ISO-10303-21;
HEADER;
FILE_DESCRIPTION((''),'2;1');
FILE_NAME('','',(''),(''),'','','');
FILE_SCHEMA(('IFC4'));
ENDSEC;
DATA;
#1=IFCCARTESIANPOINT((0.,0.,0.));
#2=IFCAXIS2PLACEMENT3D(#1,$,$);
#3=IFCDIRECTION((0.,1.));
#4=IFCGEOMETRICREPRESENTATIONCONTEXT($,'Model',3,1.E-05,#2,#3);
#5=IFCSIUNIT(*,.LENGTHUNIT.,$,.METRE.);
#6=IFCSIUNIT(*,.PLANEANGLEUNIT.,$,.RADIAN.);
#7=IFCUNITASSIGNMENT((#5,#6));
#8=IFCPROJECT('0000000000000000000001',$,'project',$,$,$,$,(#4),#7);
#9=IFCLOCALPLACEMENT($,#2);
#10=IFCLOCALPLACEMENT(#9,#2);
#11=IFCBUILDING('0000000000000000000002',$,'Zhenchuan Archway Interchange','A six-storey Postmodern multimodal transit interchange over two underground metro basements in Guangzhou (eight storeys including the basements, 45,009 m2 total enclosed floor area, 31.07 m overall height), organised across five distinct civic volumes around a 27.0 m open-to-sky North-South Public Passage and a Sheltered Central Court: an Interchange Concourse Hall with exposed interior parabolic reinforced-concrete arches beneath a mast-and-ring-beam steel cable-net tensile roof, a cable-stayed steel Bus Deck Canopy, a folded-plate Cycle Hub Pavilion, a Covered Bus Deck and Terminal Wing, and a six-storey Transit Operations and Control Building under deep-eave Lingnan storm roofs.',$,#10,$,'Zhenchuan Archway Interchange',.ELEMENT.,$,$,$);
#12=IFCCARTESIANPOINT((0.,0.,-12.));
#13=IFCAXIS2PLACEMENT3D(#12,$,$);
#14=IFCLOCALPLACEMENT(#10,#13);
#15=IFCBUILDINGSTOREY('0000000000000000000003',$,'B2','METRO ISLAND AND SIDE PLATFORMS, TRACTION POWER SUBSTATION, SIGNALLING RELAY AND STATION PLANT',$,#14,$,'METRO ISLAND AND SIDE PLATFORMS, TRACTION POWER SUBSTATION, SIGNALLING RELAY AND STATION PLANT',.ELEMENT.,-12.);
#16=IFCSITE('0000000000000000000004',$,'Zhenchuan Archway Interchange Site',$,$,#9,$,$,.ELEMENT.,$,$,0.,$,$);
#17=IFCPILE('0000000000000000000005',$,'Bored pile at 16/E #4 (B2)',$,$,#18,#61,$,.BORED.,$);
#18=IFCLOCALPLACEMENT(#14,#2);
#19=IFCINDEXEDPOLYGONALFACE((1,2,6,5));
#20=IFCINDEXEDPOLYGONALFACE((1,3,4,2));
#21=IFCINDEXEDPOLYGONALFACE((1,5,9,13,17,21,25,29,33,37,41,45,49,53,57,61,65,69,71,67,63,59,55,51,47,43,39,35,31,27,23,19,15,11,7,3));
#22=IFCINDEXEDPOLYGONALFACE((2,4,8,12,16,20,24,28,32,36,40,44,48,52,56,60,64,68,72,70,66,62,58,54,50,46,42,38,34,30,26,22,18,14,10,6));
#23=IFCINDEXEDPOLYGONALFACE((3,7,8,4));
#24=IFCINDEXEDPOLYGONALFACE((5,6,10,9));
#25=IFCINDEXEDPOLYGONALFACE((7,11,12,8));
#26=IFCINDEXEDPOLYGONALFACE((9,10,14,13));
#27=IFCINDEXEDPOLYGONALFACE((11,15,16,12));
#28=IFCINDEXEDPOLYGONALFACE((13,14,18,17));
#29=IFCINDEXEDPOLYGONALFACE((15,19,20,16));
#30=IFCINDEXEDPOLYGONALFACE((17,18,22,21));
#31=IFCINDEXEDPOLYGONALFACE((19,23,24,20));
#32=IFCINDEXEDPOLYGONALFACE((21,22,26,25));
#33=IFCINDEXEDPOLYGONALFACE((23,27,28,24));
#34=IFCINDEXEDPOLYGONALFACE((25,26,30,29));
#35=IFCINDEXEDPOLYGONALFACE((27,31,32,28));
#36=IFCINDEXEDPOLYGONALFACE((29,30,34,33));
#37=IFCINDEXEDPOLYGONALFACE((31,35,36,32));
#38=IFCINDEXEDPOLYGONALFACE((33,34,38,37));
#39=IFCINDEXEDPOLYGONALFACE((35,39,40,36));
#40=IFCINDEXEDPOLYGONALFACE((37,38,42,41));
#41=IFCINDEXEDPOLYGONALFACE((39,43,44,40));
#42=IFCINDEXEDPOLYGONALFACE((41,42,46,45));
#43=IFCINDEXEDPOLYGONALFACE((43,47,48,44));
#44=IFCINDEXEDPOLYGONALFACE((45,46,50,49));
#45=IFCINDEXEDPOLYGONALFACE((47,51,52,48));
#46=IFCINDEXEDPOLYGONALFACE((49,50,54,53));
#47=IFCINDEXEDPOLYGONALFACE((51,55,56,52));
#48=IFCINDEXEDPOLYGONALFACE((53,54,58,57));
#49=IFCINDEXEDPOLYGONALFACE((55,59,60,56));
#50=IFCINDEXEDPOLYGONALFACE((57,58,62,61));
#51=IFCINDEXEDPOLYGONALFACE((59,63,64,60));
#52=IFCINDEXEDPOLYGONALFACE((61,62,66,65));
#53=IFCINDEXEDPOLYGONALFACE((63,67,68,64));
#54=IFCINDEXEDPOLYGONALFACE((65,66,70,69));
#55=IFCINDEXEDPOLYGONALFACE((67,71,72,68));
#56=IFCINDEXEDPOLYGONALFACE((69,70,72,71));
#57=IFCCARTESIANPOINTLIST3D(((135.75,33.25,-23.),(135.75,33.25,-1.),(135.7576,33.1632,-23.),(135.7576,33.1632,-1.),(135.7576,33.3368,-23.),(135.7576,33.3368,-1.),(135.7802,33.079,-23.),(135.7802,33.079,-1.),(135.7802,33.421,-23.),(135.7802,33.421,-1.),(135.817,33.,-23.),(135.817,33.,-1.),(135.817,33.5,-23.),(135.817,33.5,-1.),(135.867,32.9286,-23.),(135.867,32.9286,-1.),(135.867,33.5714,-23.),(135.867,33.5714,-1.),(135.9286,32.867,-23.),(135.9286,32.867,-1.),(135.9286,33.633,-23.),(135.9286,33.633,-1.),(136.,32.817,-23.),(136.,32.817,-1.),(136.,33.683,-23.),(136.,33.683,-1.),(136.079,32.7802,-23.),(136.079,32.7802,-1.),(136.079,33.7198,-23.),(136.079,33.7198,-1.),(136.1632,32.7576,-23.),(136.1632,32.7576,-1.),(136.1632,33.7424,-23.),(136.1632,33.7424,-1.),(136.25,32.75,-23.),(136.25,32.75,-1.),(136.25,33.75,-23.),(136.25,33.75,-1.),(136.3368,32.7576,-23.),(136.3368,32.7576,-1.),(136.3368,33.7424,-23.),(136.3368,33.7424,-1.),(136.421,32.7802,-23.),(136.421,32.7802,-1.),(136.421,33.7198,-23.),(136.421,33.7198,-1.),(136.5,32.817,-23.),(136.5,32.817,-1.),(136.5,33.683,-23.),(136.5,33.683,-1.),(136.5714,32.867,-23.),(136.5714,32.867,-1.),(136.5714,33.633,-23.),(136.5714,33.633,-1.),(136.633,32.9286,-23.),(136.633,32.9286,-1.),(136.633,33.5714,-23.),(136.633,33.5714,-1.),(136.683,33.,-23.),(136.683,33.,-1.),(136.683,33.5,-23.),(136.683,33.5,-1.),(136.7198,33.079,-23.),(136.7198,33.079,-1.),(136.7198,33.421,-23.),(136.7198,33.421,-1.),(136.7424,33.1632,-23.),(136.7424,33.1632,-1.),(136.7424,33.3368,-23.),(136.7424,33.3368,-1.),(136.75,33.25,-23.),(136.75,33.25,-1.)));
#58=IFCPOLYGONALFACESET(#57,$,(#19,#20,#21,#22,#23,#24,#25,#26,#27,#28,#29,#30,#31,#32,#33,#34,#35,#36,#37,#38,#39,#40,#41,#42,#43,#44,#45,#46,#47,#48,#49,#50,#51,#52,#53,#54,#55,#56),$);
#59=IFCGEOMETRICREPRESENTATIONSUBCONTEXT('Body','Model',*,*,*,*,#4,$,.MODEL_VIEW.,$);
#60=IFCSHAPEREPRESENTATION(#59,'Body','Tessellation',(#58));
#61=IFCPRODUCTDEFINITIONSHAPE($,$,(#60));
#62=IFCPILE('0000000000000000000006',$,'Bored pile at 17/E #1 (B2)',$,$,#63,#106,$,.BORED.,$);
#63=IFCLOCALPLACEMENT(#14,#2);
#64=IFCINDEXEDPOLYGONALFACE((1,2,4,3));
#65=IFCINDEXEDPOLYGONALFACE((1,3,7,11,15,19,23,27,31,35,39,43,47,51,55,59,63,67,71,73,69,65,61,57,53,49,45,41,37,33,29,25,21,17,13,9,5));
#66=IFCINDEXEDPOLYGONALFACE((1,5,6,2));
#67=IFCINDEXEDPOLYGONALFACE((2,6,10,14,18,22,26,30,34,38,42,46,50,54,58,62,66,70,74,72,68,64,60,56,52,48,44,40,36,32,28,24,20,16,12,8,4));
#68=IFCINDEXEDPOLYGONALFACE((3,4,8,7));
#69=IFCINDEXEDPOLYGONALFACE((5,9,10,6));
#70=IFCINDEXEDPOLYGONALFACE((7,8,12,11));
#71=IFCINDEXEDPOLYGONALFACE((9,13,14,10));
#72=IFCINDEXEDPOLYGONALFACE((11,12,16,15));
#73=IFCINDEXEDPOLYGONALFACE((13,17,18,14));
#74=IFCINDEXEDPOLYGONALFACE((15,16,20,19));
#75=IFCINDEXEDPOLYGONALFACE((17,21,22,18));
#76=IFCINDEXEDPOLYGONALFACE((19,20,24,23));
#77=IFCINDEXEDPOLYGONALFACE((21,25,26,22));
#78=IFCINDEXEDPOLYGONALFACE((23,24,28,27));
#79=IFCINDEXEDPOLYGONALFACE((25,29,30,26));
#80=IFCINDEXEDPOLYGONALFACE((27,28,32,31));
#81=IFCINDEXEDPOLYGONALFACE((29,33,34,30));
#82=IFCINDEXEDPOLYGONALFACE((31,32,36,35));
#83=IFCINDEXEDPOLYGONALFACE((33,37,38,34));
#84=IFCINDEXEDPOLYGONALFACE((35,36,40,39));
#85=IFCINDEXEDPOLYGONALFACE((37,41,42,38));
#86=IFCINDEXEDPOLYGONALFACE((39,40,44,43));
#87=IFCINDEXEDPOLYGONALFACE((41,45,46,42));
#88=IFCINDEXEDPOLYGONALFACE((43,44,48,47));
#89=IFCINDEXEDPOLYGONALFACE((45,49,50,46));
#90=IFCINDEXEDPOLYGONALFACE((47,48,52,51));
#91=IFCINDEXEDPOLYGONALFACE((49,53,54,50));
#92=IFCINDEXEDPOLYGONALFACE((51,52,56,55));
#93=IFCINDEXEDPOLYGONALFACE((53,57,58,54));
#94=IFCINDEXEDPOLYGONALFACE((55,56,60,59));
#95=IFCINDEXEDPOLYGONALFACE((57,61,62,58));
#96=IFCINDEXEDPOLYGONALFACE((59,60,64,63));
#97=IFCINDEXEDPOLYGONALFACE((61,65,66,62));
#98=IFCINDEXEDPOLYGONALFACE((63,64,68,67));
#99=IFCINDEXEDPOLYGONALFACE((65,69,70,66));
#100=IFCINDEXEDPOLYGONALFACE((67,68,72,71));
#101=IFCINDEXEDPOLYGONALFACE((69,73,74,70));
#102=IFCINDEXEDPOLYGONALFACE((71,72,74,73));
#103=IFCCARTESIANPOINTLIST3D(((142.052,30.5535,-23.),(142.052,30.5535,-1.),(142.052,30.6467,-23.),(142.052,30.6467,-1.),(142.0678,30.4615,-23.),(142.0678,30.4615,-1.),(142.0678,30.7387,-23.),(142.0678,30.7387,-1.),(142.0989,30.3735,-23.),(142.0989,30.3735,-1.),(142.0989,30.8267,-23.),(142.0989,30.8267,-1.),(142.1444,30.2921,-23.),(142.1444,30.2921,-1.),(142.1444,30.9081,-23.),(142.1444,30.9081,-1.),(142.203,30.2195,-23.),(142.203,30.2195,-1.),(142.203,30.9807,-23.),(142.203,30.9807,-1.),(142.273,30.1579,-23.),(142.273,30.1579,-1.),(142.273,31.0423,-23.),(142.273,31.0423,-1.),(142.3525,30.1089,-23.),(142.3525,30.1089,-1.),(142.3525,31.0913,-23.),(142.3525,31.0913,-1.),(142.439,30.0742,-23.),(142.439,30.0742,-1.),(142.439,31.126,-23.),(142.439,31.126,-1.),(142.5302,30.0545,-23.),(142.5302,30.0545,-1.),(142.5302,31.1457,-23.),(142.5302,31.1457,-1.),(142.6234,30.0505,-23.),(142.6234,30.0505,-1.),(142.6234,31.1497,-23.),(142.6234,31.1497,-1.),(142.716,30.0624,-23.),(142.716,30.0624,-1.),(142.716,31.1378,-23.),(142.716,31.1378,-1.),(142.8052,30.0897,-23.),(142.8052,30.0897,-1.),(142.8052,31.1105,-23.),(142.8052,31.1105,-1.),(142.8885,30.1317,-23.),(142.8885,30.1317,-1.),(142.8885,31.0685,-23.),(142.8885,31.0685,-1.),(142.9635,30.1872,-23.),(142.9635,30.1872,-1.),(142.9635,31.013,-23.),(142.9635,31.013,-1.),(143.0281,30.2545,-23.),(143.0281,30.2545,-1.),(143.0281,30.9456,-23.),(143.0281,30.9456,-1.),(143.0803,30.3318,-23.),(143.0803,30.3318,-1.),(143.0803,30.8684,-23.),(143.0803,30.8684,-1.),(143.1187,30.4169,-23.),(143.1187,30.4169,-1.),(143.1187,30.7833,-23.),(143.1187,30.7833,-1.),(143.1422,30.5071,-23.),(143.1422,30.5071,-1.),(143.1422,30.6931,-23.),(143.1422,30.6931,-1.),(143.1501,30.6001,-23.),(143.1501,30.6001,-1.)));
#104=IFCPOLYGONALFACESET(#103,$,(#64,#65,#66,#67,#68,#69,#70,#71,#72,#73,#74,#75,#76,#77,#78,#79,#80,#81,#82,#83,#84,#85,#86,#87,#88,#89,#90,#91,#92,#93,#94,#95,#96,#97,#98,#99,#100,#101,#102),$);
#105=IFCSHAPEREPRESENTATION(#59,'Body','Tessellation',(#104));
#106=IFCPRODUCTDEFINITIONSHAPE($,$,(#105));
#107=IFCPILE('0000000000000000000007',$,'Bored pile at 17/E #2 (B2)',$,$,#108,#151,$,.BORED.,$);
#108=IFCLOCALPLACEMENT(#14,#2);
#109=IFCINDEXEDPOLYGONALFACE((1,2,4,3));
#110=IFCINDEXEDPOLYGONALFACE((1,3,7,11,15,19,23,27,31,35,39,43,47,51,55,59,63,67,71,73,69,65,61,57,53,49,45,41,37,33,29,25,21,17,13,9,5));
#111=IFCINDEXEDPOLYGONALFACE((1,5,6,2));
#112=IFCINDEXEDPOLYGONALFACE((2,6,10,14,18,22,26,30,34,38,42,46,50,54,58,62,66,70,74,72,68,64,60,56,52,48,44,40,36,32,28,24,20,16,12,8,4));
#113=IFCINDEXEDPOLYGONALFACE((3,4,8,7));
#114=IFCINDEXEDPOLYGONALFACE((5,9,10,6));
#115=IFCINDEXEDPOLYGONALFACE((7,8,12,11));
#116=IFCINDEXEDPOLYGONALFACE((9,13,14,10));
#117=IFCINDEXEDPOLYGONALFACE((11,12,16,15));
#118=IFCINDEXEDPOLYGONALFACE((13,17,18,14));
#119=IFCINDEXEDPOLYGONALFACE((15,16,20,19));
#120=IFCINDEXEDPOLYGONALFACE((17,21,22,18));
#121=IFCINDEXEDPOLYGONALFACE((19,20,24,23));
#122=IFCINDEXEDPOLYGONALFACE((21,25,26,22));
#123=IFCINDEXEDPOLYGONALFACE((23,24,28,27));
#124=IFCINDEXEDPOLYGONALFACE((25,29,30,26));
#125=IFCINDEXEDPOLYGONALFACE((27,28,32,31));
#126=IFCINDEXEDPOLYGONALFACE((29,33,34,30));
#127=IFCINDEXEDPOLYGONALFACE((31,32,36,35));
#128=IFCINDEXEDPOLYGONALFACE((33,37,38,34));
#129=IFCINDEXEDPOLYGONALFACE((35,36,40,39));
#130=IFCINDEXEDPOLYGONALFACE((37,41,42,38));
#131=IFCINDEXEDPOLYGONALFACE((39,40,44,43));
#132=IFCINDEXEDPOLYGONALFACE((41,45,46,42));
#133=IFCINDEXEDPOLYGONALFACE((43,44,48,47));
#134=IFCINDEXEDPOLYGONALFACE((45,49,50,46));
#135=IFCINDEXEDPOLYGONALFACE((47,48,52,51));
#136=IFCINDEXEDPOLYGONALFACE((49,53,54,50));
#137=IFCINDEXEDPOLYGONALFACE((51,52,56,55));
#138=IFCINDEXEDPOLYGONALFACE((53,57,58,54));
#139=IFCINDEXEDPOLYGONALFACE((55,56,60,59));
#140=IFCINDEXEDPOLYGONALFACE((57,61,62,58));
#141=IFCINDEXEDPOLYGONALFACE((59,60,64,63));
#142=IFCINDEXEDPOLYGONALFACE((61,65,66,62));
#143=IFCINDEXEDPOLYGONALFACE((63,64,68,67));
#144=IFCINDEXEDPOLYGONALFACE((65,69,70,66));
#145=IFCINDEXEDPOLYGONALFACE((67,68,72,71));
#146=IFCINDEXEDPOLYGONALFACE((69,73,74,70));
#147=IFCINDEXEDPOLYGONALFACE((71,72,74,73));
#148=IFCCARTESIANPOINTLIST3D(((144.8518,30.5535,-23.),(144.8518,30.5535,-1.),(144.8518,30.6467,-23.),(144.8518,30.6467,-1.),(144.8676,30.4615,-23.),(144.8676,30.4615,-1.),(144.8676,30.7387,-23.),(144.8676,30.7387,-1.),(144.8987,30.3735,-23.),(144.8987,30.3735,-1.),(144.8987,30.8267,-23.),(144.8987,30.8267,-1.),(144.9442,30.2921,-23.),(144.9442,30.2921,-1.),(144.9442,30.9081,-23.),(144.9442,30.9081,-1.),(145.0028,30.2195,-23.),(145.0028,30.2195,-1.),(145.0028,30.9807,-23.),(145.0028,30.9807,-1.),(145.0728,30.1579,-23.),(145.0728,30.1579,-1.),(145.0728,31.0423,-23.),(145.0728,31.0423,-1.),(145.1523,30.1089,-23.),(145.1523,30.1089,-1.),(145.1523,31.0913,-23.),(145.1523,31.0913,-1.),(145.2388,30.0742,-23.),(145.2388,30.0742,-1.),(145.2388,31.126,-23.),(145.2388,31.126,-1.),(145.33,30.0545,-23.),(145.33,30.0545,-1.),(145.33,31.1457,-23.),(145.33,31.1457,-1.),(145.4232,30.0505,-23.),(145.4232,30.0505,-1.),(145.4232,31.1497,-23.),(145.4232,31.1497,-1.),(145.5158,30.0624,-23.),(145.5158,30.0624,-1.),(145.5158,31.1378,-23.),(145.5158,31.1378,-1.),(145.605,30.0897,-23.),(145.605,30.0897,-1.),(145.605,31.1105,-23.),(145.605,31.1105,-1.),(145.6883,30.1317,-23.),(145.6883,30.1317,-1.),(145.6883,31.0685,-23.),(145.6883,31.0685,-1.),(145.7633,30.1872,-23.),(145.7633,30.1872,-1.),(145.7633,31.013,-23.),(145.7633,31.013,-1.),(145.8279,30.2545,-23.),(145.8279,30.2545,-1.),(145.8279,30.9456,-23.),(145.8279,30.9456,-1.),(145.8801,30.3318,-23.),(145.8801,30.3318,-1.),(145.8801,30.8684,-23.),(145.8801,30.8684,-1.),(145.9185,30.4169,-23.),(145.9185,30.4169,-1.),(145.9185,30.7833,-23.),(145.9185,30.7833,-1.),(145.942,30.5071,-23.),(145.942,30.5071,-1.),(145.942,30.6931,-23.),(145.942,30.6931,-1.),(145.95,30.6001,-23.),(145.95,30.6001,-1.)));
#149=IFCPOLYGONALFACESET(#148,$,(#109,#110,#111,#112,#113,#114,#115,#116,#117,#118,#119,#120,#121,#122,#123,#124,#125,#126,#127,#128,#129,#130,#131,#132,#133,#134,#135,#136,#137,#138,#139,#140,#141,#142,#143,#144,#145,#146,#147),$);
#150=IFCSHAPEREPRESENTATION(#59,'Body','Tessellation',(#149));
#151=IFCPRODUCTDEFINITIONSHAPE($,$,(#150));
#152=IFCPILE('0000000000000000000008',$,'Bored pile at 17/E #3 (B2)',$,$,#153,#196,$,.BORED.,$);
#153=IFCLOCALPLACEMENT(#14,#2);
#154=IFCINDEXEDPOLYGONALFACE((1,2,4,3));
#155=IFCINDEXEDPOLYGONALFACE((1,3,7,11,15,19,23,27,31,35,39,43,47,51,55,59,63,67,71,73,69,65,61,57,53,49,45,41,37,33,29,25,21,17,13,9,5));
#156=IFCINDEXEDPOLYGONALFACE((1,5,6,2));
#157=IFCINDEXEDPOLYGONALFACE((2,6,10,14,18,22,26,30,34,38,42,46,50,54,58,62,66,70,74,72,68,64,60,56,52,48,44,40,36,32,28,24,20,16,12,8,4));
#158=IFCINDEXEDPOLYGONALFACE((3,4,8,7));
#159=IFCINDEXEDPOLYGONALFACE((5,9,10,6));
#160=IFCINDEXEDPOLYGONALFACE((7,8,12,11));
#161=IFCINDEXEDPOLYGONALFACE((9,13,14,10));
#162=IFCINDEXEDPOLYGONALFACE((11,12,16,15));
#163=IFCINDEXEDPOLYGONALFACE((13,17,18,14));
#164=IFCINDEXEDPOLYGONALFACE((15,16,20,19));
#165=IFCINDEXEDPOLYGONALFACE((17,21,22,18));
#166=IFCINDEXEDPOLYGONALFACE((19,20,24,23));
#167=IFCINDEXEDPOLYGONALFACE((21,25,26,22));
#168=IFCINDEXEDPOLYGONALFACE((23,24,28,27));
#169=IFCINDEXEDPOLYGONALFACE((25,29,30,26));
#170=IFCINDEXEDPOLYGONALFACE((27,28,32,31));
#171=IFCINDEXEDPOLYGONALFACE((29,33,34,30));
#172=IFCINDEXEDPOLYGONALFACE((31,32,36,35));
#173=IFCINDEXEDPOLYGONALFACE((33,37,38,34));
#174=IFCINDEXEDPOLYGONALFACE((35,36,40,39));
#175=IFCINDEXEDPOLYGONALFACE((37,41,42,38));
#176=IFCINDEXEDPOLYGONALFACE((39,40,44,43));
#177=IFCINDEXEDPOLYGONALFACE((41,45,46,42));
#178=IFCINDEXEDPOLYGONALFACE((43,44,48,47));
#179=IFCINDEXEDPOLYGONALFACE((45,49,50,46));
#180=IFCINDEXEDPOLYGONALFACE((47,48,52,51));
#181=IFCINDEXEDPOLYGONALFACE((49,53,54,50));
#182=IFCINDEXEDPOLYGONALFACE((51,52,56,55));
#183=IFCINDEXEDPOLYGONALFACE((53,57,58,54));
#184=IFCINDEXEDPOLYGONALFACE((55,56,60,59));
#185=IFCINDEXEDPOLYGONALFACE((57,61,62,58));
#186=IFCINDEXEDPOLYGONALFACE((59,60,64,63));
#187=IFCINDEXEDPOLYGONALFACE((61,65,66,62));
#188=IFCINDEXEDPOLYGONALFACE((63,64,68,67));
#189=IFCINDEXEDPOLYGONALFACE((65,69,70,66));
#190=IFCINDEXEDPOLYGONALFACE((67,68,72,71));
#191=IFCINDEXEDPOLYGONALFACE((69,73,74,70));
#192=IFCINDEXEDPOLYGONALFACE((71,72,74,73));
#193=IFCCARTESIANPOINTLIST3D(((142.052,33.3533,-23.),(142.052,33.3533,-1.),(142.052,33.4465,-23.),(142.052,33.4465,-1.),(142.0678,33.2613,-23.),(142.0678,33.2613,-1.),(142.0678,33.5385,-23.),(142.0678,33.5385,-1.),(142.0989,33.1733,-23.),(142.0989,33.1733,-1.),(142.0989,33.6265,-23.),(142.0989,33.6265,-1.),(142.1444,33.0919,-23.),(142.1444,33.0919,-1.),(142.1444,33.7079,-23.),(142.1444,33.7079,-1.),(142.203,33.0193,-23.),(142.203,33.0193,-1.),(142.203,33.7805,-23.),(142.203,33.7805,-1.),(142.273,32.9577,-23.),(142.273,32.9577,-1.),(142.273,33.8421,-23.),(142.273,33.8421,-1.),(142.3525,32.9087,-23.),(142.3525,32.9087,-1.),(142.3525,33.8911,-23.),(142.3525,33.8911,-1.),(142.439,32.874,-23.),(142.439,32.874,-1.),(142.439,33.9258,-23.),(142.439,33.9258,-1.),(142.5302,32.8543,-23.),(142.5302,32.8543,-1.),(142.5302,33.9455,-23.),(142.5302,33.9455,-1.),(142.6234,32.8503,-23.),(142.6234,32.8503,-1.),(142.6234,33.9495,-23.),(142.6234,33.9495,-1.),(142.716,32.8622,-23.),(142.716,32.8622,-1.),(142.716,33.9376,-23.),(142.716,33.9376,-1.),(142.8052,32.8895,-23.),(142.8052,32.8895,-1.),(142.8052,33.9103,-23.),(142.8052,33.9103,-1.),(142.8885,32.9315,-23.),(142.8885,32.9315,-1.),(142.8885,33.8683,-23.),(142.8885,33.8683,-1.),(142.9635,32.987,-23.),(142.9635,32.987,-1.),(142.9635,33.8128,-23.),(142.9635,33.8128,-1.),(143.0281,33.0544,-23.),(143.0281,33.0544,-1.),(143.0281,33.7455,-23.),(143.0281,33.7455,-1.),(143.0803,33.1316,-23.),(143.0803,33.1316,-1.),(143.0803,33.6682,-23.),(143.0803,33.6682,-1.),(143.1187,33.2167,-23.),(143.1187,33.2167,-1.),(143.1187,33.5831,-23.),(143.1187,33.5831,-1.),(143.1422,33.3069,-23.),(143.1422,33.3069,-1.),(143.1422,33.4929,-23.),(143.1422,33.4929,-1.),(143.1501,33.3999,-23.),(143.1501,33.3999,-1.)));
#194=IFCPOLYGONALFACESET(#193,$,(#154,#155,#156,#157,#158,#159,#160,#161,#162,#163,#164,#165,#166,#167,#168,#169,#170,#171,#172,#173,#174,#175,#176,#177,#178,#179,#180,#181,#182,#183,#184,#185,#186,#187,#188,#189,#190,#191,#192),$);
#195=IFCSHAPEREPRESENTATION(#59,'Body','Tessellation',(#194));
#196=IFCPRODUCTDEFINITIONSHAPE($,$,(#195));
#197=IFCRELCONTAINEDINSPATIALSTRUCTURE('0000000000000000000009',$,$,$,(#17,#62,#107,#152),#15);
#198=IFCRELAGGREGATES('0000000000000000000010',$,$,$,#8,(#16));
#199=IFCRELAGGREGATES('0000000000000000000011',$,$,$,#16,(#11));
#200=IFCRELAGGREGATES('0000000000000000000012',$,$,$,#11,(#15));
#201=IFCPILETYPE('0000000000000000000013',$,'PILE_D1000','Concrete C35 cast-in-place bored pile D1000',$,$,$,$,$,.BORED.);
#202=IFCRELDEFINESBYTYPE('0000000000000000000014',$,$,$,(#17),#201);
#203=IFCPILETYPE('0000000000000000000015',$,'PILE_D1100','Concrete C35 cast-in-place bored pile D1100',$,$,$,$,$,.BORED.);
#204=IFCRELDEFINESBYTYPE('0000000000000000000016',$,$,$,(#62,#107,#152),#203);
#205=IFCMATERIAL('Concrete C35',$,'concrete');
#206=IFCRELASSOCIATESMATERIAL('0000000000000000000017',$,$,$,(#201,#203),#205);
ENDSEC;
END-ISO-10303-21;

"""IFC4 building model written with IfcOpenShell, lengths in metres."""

from ifc_helpers import new_model, si_unit, direction, frame, origin, origin_2d, place, context, subcontext, project, spatial, circle, extrude, material, material_profile, profile_set, type_object, element, save


model = new_model("IFC4")

# Units and contexts
model_context = context("Model", 3, precision=1e-05, world=origin(), true_north=direction((0.0, 1.0)))
body_context = subcontext(model_context, "Body", "Model", "MODEL_VIEW")
ifc_project = project(units=[si_unit("LENGTHUNIT", "METRE"), si_unit("PLANEANGLEUNIT", "RADIAN")], contexts=[model_context])

# Site, building, storey
site_placement = place(None, origin())
site = spatial("IfcSite", under=ifc_project, at=site_placement, Name="Zhenchuan Archway Interchange Site", CompositionType="ELEMENT", RefElevation=0.0)
building_placement = place(site_placement, origin())
building = spatial("IfcBuilding", under=site, at=building_placement, Name="Zhenchuan Archway Interchange", Description="A six-storey Postmodern multimodal transit interchange over two underground metro basements in Guangzhou (eight storeys including the basements, 45,009 m2 total enclosed floor area, 31.07 m overall height), organised across five distinct civic volumes around a 27.0 m open-to-sky North-South Public Passage and a Sheltered Central Court: an Interchange Concourse Hall with exposed interior parabolic reinforced-concrete arches beneath a mast-and-ring-beam steel cable-net tensile roof, a cable-stayed steel Bus Deck Canopy, a folded-plate Cycle Hub Pavilion, a Covered Bus Deck and Terminal Wing, and a six-storey Transit Operations and Control Building under deep-eave Lingnan storm roofs.", LongName="Zhenchuan Archway Interchange", CompositionType="ELEMENT")
storey_placement = place(building_placement, frame((0.0, 0.0, -12.0)))
storey = spatial("IfcBuildingStorey", under=building, at=storey_placement, Name="B2", Description="METRO ISLAND AND SIDE PLATFORMS, TRACTION POWER SUBSTATION, SIGNALLING RELAY AND STATION PLANT", LongName="METRO ISLAND AND SIDE PLATFORMS, TRACTION POWER SUBSTATION, SIGNALLING RELAY AND STATION PLANT", CompositionType="ELEMENT", Elevation=-12.0)

# Piles
ifc_material_1 = material(Name="Concrete C35", Category="concrete")
ifc_material_profile_1 = material_profile(ifc_material_1, circle(Radius=0.5, at=origin_2d()), Name="BORED PILE 1000")
ifc_profile_set_1 = profile_set([ifc_material_profile_1], Name="Concrete C35")
pile_type_1 = type_object("IfcPileType", Name="PILE_D1000", Description="Concrete C35 cast-in-place bored pile D1000", PredefinedType="BORED", material=ifc_profile_set_1)
for number, where, z_axis, x_axis, name in (
    (1, (136.25, 33.25, -1.0), (0.0, 0.0, -1.0), (1.0, 0.0, 0.0), "Bored pile at 16/E #4 (B2)"),
):
    element("IfcPile", number, at=place(storey_placement, frame(where, z_axis=z_axis, x_axis=x_axis)), inside=storey, type_object=pile_type_1, Name=name, PredefinedType="BORED", context=body_context, shape_type="SweptSolid", body=[
        extrude(circle(Radius=0.5, at=origin_2d()), origin(), (0.0, 0.0, 1.0), 22.0),
    ])
ifc_material_profile_2 = material_profile(ifc_material_1, circle(Radius=0.55, at=origin_2d()), Name="BORED PILE 1100")
ifc_profile_set_2 = profile_set([ifc_material_profile_2], Name="Concrete C35")
pile_type_2 = type_object("IfcPileType", Name="PILE_D1100", Description="Concrete C35 cast-in-place bored pile D1100", PredefinedType="BORED", material=ifc_profile_set_2)
for number, where, z_axis, x_axis, name in (
    (2, (142.6001, 30.6001, -1.0), (0.0, 0.0, -1.0), (1.0, 0.0, 0.0), "Bored pile at 17/E #1 (B2)"),
    (3, (145.3999, 30.6001, -1.0), (0.0, 0.0, -1.0), (1.0, 0.0, 0.0), "Bored pile at 17/E #2 (B2)"),
    (4, (142.6001, 33.3999, -1.0), (0.0, 0.0, -1.0), (1.0, 0.0, 0.0), "Bored pile at 17/E #3 (B2)"),
):
    element("IfcPile", number, at=place(storey_placement, frame(where, z_axis=z_axis, x_axis=x_axis)), inside=storey, type_object=pile_type_2, Name=name, PredefinedType="BORED", context=body_context, shape_type="SweptSolid", body=[
        extrude(circle(Radius=0.55, at=origin_2d()), origin(), (0.0, 0.0, 1.0), 22.0),
    ])

save(model, "model.ifc")
